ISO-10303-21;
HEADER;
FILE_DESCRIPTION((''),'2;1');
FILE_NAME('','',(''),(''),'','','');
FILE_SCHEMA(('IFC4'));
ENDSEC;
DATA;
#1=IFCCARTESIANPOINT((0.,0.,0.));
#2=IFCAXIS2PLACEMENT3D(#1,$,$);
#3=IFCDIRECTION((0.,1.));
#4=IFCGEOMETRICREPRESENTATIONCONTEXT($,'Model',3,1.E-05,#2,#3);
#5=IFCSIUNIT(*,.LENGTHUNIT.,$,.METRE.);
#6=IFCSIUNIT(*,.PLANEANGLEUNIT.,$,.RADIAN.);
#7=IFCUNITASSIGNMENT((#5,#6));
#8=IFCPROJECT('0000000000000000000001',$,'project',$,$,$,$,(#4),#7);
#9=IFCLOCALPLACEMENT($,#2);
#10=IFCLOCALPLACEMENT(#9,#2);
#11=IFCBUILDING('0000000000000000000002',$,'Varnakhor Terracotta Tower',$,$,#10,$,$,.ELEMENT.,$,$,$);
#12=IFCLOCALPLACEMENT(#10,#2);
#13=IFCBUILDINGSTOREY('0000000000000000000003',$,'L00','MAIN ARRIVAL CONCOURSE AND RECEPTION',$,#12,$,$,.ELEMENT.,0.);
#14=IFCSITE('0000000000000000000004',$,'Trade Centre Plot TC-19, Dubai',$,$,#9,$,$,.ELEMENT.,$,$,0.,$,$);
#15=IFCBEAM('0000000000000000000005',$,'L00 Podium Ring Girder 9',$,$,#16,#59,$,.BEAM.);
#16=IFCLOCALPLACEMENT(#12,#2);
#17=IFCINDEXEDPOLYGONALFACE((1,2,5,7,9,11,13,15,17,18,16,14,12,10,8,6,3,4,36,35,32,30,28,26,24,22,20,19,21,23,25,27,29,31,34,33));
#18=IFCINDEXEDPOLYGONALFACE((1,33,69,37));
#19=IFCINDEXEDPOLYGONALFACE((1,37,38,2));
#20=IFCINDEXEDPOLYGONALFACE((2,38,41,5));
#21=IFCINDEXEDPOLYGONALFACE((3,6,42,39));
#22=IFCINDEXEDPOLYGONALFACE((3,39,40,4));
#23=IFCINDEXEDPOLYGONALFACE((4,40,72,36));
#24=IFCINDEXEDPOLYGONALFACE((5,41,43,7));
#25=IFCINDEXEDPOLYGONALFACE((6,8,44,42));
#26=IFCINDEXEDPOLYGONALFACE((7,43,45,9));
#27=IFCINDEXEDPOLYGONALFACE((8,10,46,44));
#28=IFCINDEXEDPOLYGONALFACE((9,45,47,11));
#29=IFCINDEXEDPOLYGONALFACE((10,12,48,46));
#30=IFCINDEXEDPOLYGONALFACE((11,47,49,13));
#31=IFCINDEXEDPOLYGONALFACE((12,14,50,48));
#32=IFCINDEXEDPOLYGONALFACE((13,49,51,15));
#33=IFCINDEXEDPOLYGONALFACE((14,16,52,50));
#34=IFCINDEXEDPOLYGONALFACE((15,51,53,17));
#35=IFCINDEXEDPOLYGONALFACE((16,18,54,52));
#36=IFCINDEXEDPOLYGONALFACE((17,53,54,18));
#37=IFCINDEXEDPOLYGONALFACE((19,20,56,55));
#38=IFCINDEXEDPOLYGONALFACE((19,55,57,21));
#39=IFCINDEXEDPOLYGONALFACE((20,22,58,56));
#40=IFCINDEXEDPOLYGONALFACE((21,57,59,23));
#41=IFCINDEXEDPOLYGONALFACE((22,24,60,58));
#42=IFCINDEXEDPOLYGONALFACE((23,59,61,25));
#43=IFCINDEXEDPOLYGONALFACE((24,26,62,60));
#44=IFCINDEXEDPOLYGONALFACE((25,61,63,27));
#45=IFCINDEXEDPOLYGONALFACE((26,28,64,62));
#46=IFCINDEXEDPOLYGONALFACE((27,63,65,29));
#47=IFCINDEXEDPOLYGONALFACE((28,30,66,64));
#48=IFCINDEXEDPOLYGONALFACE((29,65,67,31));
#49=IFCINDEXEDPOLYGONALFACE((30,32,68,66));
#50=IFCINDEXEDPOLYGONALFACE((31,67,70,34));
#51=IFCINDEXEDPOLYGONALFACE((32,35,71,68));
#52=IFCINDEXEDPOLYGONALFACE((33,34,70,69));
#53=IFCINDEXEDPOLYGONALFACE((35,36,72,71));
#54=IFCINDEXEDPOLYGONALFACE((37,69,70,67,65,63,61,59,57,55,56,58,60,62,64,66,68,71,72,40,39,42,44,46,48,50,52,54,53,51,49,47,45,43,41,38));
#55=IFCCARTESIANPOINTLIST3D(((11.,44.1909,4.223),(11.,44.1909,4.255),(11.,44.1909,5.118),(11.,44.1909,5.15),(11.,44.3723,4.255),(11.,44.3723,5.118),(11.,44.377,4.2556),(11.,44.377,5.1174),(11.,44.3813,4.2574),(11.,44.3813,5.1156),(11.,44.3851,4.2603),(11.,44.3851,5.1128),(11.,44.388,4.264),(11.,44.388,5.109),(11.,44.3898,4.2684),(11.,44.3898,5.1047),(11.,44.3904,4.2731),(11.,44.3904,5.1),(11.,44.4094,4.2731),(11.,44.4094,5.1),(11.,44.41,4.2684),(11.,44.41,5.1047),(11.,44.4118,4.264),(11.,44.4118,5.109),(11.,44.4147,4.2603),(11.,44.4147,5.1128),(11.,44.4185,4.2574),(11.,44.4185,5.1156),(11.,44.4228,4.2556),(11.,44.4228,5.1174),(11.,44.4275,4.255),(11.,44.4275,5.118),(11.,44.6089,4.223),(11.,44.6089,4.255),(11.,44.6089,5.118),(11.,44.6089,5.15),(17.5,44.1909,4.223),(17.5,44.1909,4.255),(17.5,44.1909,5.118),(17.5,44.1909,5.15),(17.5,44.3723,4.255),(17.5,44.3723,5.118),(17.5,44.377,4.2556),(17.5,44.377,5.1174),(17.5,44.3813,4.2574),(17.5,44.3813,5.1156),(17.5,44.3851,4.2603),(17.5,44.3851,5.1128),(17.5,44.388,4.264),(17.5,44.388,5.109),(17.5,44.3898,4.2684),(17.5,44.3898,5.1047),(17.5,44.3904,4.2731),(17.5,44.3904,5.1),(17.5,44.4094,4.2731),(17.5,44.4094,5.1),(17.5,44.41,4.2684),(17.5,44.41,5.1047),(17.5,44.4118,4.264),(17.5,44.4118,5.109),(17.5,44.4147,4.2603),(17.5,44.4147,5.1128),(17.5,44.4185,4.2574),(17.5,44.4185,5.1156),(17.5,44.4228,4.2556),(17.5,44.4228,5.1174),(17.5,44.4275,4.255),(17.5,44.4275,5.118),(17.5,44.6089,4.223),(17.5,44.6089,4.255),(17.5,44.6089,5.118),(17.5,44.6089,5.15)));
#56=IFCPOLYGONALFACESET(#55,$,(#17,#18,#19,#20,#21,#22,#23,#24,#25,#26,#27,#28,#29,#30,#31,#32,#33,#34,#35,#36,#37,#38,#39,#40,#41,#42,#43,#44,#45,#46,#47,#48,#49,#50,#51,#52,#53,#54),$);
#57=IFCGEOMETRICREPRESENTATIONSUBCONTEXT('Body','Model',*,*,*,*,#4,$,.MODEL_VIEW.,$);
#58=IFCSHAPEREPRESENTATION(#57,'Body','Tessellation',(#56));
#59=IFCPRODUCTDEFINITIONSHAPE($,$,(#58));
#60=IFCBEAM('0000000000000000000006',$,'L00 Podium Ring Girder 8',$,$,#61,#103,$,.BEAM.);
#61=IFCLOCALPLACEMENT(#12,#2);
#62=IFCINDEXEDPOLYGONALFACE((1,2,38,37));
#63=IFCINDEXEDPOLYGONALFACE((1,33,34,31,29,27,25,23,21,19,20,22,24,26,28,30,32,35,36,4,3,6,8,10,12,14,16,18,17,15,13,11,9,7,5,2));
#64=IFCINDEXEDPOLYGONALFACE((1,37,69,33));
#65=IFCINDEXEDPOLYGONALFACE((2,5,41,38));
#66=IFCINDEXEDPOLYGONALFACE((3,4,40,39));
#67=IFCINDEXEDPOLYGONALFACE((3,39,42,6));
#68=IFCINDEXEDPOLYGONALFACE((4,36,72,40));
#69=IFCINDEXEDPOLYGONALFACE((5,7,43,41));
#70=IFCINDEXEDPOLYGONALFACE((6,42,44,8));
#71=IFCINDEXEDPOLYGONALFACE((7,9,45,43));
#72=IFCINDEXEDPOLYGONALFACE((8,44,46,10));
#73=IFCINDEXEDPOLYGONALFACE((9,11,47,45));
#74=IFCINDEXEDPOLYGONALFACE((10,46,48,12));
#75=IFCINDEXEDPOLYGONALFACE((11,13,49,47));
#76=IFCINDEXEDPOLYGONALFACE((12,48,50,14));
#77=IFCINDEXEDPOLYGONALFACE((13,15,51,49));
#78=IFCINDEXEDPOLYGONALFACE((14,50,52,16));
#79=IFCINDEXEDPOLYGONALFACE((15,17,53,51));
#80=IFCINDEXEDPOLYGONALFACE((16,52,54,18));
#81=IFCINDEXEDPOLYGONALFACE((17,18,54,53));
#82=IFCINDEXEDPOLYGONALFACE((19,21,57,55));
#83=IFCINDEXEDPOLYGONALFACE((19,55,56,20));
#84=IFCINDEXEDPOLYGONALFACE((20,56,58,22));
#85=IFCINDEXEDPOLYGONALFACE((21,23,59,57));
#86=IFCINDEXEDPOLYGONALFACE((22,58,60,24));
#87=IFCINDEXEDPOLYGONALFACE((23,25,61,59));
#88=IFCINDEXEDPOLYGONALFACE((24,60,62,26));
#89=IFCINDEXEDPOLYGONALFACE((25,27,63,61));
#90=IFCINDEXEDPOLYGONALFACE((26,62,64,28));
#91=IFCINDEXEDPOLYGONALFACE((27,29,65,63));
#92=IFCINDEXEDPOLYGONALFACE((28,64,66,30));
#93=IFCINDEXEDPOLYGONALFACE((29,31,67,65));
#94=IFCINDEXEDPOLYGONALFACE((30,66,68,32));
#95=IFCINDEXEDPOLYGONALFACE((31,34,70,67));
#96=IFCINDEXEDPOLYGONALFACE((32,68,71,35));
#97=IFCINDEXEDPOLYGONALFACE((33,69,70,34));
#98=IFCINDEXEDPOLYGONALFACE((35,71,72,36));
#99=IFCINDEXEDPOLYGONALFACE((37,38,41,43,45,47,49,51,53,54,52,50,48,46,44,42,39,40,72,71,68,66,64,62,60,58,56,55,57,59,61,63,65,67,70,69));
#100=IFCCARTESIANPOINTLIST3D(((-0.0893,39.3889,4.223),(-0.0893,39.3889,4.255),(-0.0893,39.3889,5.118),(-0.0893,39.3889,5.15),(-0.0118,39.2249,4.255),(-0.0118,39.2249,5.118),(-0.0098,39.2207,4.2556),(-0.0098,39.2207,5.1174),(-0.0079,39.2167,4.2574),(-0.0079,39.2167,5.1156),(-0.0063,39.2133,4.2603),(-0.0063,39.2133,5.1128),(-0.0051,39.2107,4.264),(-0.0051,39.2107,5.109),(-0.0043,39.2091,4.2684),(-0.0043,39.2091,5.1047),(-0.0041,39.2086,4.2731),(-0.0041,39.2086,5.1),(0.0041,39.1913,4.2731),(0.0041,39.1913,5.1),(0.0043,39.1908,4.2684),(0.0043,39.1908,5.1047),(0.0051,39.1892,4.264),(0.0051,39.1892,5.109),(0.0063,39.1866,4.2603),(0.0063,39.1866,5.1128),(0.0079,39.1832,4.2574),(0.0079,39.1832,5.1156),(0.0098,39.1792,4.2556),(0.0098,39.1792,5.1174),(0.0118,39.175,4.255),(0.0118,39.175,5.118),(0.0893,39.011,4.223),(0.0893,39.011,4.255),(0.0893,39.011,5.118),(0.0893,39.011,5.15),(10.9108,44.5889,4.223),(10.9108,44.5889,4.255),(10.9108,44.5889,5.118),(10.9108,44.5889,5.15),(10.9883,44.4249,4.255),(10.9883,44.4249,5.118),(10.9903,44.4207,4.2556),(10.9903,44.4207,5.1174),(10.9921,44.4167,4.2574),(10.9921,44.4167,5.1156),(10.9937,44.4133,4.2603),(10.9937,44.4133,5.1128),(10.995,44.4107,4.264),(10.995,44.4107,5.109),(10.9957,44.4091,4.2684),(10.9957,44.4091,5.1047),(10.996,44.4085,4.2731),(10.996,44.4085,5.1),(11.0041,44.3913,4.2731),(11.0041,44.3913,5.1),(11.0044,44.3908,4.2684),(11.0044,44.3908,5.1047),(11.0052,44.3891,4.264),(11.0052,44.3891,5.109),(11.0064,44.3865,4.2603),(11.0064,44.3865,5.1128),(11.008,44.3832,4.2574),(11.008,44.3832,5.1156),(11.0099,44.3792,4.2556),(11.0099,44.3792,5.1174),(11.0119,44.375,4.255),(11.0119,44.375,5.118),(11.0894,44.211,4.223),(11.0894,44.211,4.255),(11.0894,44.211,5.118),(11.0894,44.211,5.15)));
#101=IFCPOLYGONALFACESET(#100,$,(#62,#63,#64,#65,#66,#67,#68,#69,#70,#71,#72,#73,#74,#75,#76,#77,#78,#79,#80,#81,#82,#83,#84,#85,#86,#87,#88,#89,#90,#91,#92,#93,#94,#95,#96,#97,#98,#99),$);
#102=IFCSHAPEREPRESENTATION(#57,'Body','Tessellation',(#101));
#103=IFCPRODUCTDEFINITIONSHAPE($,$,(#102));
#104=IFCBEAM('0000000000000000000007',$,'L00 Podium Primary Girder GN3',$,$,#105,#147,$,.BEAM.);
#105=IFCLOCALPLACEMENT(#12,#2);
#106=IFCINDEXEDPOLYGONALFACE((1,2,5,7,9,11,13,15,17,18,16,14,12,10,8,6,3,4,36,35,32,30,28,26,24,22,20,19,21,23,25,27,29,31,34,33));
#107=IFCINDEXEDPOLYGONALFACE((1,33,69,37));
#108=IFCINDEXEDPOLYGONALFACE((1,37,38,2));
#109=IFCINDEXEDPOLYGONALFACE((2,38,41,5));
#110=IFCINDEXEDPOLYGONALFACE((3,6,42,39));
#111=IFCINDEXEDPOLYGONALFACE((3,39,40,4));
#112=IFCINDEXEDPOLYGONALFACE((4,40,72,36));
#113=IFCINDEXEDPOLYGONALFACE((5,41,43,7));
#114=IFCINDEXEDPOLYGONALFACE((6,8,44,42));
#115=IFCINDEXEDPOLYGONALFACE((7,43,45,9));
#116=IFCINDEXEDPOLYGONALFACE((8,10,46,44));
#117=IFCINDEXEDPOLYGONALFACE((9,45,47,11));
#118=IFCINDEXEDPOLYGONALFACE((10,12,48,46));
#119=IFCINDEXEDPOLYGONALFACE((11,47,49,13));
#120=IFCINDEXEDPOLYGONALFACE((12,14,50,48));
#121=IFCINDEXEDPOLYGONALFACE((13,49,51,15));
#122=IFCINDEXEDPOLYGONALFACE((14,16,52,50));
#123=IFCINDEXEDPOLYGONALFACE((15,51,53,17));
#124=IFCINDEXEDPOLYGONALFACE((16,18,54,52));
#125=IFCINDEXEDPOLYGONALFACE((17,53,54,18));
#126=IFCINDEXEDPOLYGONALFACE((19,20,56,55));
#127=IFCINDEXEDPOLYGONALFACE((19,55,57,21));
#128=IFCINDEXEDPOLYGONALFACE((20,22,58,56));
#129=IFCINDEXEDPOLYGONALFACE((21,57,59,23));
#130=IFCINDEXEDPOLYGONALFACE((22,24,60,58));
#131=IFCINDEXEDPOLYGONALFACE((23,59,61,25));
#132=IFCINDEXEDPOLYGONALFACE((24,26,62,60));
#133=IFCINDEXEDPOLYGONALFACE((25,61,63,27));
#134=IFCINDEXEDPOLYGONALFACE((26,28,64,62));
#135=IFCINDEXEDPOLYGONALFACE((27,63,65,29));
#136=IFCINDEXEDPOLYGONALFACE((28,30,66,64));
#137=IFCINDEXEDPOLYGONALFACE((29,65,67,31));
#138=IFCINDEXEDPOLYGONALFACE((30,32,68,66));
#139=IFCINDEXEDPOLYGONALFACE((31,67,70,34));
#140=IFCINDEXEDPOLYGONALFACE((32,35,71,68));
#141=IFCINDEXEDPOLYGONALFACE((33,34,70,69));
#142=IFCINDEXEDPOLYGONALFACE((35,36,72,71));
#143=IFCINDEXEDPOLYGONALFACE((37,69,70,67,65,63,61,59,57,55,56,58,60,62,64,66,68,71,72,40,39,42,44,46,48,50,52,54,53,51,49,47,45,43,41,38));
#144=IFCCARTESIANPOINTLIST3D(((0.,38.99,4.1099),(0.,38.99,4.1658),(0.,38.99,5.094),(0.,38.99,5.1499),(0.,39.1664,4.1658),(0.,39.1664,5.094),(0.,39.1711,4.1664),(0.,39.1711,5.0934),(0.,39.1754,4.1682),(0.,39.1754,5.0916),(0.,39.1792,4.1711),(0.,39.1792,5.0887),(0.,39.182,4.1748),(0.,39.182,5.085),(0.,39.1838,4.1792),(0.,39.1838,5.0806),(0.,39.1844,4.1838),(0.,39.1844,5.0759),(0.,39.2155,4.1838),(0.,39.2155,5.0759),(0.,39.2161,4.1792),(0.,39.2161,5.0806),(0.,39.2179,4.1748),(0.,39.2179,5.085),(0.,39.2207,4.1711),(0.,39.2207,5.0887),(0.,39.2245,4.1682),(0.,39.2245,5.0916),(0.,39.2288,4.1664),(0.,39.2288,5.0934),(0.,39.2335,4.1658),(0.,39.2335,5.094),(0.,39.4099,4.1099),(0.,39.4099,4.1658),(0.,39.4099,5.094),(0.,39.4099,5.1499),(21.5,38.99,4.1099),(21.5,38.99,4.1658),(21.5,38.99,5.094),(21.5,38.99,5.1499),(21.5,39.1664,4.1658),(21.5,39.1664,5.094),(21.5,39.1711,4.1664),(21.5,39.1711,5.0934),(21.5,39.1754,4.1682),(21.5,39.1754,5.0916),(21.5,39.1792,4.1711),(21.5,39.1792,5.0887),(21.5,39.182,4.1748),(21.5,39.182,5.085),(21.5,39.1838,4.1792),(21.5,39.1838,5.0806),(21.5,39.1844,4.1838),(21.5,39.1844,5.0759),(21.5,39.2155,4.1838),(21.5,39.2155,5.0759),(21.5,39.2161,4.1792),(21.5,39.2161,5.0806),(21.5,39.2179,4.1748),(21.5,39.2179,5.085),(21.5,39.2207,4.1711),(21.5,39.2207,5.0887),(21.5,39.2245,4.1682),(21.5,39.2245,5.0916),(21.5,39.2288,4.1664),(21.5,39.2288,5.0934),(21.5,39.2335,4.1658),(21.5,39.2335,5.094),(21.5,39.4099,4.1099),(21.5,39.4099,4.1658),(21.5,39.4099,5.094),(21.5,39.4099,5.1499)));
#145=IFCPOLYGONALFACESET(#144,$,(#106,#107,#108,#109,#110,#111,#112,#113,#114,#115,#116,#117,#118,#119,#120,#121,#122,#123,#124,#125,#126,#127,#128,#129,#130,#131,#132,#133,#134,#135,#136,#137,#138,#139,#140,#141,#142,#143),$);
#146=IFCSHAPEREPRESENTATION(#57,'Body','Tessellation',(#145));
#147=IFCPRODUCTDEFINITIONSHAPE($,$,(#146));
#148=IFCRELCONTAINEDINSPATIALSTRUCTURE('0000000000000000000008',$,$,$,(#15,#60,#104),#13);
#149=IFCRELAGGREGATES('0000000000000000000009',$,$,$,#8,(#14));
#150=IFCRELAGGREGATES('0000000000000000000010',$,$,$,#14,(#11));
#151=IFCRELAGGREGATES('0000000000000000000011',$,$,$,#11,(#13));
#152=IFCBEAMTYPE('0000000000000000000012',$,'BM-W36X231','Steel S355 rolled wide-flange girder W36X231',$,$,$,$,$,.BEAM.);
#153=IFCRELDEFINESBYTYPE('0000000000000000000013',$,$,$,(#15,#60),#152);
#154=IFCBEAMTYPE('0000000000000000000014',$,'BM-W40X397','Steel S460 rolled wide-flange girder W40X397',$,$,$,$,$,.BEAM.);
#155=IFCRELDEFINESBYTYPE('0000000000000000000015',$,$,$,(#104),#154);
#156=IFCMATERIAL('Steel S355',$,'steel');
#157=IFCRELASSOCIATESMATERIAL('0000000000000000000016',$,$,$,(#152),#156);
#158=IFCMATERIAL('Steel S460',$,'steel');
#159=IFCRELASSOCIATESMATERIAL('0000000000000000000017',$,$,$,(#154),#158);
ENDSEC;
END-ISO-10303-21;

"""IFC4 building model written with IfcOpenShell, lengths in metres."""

from ifc_helpers import new_model, si_unit, direction, frame, origin, origin_2d, place, context, subcontext, project, spatial, i_section, extrude, source, transform, mapped, material, material_profile, profile_set, type_object, element, save


model = new_model("IFC4")

# Units and contexts
model_context = context("Model", 3, precision=1e-05, world=origin(), true_north=direction((0.0, 1.0)))
body_context = subcontext(model_context, "Body", "Model", "MODEL_VIEW")
ifc_project = project(units=[si_unit("LENGTHUNIT", "METRE"), si_unit("PLANEANGLEUNIT", "RADIAN")], contexts=[model_context])

# Site, building, storey
site_placement = place(None, origin())
site = spatial("IfcSite", under=ifc_project, at=site_placement, Name="Trade Centre Plot TC-19, Dubai", CompositionType="ELEMENT", RefElevation=0.0)
building_placement = place(site_placement, origin())
building = spatial("IfcBuilding", under=site, at=building_placement, Name="Varnakhor Terracotta Tower", CompositionType="ELEMENT")
storey_placement = place(building_placement, origin())
storey = spatial("IfcBuildingStorey", under=building, at=storey_placement, Name="L00", Description="MAIN ARRIVAL CONCOURSE AND RECEPTION", CompositionType="ELEMENT", Elevation=0.0)

# Shared definitions
ifc_material_1 = material(Name="Steel S460", Category="steel")
ifc_material_2 = material(Name="Steel S355", Category="steel")

# Beams
ifc_material_profile_1 = material_profile(ifc_material_2, i_section(OverallWidth=0.418, OverallDepth=0.927, WebThickness=0.019, FlangeThickness=0.032, FilletRadius=0.0181, at=origin_2d()), Name="W36X231")
ifc_profile_set_1 = profile_set([ifc_material_profile_1], Name="Steel S355")
beam_type_1 = type_object("IfcBeamType", Name="BM-W36X231", Description="Steel S355 rolled wide-flange girder W36X231", PredefinedType="BEAM", material=ifc_profile_set_1)
shared_shape_1 = source(origin(), body_context, "Body", "SweptSolid", [
    extrude(i_section(OverallWidth=0.418, OverallDepth=0.927, WebThickness=0.019, FlangeThickness=0.032, FilletRadius=0.0181, at=origin_2d()), origin(), (0.0, 0.0, 1.0), 6.5),
])
beam_1_placement = place(storey_placement, frame((11.0, 44.3999, 4.6865), z_axis=(1.0, 0.0, 0.0), x_axis=(0.0, 1.0, 0.0)))
element("IfcBeam", 1, at=beam_1_placement, inside=storey, type_object=beam_type_1, Name="L00 Podium Ring Girder 9", PredefinedType="BEAM", context=body_context, shape_type="MappedRepresentation", body=[
    mapped(shared_shape_1, transform((0.0, 0.0, 0.0), scale=1.0)),
])
shared_shape_2 = source(origin(), body_context, "Body", "SweptSolid", [
    extrude(i_section(OverallWidth=0.418, OverallDepth=0.927, WebThickness=0.019, FlangeThickness=0.032, FilletRadius=0.0181, at=origin_2d()), origin(), (0.0, 0.0, 1.0), 12.1672),
])
beam_2_placement = place(storey_placement, frame((0.0, 39.2, 4.6865), z_axis=(0.904074, 0.427376, 0.0), x_axis=(-0.427376, 0.904074, 0.0)))
element("IfcBeam", 2, at=beam_2_placement, inside=storey, type_object=beam_type_1, Name="L00 Podium Ring Girder 8", PredefinedType="BEAM", context=body_context, shape_type="MappedRepresentation", body=[
    mapped(shared_shape_2, transform((0.0, 0.0, 0.0), scale=1.0)),
])
ifc_material_profile_2 = material_profile(ifc_material_1, i_section(OverallWidth=0.4199, OverallDepth=1.04, WebThickness=0.031, FlangeThickness=0.0559, FilletRadius=0.0181, at=origin_2d()), Name="W40X397")
ifc_profile_set_2 = profile_set([ifc_material_profile_2], Name="Steel S460")
beam_type_2 = type_object("IfcBeamType", Name="BM-W40X397", Description="Steel S460 rolled wide-flange girder W40X397", PredefinedType="BEAM", material=ifc_profile_set_2)
shared_shape_3 = source(origin(), body_context, "Body", "SweptSolid", [
    extrude(i_section(OverallWidth=0.4199, OverallDepth=1.04, WebThickness=0.031, FlangeThickness=0.0559, FilletRadius=0.0181, at=origin_2d()), origin(), (0.0, 0.0, 1.0), 21.5),
])
beam_3_placement = place(storey_placement, frame((0.0, 39.2, 4.6299), z_axis=(1.0, 0.0, 0.0), x_axis=(0.0, 1.0, 0.0)))
element("IfcBeam", 3, at=beam_3_placement, inside=storey, type_object=beam_type_2, Name="L00 Podium Primary Girder GN3", PredefinedType="BEAM", context=body_context, shape_type="MappedRepresentation", body=[
    mapped(shared_shape_3, transform((0.0, 0.0, 0.0), scale=1.0)),
])

save(model, "model.ifc")
